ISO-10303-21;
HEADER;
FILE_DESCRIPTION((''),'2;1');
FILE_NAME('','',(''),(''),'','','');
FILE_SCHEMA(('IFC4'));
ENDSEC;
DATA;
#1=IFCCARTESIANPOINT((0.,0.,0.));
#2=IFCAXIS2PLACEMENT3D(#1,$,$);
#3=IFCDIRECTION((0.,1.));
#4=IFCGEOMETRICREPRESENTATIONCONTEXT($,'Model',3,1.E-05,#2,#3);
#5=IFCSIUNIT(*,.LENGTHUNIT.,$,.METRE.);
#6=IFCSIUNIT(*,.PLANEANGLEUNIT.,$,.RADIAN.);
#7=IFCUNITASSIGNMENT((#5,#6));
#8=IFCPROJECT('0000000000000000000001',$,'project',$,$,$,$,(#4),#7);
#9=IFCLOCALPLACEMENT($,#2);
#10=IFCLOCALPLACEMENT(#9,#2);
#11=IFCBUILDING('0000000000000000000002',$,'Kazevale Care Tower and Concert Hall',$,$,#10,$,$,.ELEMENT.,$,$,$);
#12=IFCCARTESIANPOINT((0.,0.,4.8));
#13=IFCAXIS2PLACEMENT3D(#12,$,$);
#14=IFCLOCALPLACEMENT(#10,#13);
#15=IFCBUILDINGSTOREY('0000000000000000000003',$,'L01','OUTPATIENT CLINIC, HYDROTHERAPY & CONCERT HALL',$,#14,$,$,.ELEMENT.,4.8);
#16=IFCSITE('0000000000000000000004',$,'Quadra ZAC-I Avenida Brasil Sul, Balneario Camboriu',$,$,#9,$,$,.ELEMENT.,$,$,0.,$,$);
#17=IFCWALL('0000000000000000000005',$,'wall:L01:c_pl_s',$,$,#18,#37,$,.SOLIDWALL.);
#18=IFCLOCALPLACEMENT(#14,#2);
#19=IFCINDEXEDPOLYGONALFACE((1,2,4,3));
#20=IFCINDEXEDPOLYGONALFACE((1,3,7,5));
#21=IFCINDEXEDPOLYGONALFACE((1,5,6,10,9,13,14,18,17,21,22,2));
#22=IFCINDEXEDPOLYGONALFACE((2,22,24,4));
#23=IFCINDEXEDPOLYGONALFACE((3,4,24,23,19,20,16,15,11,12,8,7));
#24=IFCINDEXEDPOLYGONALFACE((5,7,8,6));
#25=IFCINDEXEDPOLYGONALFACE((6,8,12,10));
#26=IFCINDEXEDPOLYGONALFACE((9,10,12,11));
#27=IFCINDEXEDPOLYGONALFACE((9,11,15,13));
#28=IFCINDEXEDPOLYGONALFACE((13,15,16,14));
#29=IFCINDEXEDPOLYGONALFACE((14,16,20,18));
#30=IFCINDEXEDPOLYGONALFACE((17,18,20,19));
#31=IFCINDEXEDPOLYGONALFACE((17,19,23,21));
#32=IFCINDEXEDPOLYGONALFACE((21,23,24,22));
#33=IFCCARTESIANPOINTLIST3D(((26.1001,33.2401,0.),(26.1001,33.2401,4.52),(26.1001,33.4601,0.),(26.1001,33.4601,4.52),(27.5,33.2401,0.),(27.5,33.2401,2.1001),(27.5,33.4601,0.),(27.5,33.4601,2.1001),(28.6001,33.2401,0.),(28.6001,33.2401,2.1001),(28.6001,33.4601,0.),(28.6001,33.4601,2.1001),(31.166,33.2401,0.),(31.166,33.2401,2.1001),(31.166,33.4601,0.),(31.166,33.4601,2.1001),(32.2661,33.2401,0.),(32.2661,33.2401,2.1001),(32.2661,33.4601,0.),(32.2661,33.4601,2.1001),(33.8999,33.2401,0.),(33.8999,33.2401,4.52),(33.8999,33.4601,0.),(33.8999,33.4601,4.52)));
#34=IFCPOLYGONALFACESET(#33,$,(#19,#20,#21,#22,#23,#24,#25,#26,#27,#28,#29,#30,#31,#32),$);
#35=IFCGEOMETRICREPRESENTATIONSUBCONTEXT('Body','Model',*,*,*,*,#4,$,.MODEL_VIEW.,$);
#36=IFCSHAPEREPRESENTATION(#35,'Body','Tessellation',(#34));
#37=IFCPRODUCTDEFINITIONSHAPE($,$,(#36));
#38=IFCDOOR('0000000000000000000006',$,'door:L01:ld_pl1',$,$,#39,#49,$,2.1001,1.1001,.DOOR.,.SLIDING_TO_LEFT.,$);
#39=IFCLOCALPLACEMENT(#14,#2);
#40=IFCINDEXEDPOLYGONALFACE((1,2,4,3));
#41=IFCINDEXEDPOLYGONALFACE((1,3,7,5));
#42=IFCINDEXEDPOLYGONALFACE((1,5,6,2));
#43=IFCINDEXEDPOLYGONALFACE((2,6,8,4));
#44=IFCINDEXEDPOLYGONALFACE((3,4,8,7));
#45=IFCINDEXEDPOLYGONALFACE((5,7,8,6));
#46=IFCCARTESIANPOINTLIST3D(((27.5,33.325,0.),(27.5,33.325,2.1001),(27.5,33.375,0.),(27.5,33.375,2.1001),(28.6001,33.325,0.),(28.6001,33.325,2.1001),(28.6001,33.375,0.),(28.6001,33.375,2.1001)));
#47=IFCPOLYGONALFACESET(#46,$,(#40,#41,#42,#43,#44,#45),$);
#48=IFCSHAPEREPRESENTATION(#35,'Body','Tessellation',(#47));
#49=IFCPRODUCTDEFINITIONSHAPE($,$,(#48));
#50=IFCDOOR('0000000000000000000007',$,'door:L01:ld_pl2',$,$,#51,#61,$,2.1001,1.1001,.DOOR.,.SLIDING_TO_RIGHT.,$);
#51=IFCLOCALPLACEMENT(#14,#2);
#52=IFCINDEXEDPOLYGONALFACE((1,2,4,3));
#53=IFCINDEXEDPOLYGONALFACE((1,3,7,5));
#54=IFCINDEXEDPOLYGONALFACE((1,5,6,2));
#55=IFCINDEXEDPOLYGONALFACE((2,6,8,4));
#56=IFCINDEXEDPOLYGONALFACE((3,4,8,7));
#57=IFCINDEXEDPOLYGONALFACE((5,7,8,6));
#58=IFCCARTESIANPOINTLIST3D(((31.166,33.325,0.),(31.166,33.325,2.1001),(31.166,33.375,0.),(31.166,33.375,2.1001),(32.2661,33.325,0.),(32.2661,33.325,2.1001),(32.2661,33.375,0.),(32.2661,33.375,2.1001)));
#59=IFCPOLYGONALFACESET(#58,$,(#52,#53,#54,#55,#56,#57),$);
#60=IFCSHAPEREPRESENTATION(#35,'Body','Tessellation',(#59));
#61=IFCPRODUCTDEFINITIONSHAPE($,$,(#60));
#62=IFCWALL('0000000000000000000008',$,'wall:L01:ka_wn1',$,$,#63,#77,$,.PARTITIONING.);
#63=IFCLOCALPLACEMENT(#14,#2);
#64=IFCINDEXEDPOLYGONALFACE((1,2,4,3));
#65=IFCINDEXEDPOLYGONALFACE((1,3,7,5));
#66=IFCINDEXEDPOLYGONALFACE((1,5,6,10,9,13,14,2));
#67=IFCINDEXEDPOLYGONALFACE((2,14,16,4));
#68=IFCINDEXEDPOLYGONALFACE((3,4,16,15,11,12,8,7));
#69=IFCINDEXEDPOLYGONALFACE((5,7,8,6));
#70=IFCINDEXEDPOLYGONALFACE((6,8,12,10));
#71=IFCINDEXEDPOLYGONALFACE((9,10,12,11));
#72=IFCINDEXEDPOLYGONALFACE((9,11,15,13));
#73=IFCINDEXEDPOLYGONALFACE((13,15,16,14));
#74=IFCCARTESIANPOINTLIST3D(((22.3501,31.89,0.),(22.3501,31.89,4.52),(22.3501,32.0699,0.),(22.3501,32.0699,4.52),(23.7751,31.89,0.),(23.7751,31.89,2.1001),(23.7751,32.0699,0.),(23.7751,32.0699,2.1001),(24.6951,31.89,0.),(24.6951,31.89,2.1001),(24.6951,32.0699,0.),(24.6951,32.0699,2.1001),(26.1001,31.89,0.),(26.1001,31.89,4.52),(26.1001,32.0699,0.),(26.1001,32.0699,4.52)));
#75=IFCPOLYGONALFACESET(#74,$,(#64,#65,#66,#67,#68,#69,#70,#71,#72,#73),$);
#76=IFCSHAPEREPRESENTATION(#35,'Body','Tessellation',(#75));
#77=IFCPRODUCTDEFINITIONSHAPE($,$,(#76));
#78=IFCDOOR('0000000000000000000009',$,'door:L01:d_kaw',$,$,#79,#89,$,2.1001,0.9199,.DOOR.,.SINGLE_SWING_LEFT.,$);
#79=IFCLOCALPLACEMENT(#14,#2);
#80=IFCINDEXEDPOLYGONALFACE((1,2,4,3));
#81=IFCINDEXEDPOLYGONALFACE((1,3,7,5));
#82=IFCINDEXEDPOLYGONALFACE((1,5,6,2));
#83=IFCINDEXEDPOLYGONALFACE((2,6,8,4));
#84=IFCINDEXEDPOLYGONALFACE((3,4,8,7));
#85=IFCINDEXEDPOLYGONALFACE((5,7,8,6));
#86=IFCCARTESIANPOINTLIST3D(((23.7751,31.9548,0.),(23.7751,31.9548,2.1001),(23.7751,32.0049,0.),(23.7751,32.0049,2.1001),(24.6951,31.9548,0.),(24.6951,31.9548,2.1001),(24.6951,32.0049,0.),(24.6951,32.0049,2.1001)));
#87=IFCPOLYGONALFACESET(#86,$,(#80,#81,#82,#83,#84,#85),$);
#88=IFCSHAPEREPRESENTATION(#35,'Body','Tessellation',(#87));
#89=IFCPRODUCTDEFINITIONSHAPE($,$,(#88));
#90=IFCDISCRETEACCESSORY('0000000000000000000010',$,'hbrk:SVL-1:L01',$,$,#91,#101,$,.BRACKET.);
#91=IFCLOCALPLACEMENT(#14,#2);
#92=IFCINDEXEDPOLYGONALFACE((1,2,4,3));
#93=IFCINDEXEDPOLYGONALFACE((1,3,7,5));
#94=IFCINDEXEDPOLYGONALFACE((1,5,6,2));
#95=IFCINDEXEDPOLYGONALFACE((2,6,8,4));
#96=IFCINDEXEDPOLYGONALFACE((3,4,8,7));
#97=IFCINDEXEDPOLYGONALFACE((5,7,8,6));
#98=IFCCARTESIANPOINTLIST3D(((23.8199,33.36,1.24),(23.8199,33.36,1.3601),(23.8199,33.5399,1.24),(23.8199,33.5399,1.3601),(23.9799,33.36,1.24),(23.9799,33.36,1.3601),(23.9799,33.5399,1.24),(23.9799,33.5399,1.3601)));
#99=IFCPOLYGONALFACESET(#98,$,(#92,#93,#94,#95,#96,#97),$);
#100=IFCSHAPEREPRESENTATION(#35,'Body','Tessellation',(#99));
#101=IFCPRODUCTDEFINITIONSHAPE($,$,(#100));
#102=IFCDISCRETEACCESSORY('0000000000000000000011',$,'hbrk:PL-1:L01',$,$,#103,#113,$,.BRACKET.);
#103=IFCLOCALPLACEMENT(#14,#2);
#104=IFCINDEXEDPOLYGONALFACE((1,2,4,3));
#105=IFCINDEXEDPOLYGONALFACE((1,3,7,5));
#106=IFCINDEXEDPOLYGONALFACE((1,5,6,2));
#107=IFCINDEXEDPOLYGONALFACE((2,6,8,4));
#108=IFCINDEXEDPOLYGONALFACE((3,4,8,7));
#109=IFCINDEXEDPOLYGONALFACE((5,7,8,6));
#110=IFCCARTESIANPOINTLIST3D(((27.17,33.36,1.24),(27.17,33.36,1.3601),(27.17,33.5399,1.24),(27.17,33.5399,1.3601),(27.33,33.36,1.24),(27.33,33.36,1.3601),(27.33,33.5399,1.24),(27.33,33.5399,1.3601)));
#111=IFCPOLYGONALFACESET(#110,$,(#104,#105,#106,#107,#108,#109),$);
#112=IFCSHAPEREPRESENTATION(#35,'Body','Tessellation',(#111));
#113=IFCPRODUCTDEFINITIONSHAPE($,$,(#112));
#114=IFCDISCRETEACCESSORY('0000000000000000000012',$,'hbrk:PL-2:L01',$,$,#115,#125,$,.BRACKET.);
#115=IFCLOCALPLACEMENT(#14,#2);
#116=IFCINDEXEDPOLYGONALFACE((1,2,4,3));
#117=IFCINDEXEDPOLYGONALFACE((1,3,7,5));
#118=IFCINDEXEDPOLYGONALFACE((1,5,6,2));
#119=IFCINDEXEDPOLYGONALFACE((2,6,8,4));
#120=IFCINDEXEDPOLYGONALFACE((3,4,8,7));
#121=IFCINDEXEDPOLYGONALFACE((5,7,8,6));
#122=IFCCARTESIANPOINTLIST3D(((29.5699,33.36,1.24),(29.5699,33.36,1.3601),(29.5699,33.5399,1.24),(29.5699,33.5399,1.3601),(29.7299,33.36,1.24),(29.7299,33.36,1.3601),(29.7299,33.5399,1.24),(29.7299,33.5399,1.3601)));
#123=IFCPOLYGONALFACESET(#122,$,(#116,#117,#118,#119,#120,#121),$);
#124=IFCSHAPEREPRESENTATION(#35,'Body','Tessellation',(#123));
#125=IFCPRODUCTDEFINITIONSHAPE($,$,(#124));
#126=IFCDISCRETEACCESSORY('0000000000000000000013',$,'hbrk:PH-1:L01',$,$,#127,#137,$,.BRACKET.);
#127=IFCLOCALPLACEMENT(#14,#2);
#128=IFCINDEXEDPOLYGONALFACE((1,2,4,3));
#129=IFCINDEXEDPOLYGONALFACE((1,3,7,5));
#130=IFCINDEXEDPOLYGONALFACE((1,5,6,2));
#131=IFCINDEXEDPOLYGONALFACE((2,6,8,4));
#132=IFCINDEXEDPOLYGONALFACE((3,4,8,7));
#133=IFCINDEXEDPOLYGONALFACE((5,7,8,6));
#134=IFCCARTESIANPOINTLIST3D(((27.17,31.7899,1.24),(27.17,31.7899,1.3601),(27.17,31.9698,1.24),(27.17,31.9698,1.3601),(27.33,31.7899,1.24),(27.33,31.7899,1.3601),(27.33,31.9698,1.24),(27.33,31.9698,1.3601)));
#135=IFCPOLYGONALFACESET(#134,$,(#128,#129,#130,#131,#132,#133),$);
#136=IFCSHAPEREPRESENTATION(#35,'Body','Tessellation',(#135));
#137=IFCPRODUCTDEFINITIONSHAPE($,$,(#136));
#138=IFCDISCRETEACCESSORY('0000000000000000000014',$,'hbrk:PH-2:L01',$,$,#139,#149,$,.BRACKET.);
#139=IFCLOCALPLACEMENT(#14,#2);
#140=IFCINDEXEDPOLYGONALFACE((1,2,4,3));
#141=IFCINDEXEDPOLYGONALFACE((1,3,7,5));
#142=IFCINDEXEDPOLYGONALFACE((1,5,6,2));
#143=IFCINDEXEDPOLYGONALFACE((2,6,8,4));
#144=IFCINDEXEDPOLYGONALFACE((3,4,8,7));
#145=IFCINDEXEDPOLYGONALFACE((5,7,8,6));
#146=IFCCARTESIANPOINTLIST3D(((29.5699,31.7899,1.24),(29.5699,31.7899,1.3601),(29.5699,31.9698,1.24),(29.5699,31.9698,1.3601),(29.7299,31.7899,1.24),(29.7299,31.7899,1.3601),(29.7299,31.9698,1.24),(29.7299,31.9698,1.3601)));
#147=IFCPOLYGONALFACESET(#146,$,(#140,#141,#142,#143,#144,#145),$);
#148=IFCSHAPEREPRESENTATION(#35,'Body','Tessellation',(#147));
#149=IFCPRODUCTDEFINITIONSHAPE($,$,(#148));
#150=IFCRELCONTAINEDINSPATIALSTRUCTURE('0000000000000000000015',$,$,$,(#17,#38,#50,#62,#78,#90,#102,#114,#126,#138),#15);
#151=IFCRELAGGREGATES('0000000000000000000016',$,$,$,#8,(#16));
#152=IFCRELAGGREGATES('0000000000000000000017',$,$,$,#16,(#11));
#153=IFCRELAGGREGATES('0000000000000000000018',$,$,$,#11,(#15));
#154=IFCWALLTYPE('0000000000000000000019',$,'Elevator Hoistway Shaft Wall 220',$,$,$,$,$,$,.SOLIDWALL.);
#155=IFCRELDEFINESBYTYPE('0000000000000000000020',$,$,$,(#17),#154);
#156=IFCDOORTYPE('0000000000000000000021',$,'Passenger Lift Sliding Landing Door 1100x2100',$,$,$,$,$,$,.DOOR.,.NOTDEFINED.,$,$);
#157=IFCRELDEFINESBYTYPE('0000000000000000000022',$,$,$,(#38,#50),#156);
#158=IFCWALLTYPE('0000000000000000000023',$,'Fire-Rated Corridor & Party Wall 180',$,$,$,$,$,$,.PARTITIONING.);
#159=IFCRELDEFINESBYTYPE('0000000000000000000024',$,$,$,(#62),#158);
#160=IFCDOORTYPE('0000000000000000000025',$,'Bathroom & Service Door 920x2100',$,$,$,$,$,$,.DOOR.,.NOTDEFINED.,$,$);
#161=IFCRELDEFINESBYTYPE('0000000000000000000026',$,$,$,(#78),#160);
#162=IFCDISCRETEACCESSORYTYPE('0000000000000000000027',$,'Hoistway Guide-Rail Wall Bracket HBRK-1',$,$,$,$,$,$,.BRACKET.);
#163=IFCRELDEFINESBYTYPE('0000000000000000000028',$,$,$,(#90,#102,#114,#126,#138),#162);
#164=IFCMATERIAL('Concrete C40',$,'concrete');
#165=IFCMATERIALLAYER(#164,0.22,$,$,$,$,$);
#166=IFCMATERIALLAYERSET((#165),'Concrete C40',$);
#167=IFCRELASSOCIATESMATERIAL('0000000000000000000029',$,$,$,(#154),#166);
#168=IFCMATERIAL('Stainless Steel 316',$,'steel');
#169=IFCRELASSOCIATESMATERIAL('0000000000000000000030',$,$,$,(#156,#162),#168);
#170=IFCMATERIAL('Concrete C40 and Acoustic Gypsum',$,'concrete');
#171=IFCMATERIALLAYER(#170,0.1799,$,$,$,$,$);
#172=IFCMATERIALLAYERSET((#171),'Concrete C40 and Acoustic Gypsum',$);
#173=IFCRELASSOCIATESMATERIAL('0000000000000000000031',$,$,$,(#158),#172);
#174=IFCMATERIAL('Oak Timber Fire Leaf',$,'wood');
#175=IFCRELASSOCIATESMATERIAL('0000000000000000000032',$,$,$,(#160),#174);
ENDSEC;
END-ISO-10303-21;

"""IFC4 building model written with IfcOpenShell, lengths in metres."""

from ifc_helpers import new_model, si_unit, direction, frame, frame_2d, origin, origin_2d, place, context, subcontext, project, spatial, rectangle, extrude, material, layer, layer_set, type_object, element, fill, save


model = new_model("IFC4")

# Units and contexts
model_context = context("Model", 3, precision=1e-05, world=origin(), true_north=direction((0.0, 1.0)))
body_context = subcontext(model_context, "Body", "Model", "MODEL_VIEW")
ifc_project = project(units=[si_unit("LENGTHUNIT", "METRE"), si_unit("PLANEANGLEUNIT", "RADIAN")], contexts=[model_context])

# Site, building, storey
site_placement = place(None, origin())
site = spatial("IfcSite", under=ifc_project, at=site_placement, Name="Quadra ZAC-I Avenida Brasil Sul, Balneario Camboriu", CompositionType="ELEMENT", RefElevation=0.0)
building_placement = place(site_placement, origin())
building = spatial("IfcBuilding", under=site, at=building_placement, Name="Kazevale Care Tower and Concert Hall", CompositionType="ELEMENT")
storey_placement = place(building_placement, frame((0.0, 0.0, 4.8)))
storey = spatial("IfcBuildingStorey", under=building, at=storey_placement, Name="L01", Description="OUTPATIENT CLINIC, HYDROTHERAPY & CONCERT HALL", CompositionType="ELEMENT", Elevation=4.8)

# Shared definitions
ifc_material_1 = material(Name="Concrete C40", Category="concrete")
ifc_layer_1 = layer(ifc_material_1, 0.22)
ifc_layer_set_1 = layer_set([ifc_layer_1], Name="Concrete C40")
wall_type_1 = type_object("IfcWallType", Name="Elevator Hoistway Shaft Wall 220", PredefinedType="SOLIDWALL", material=ifc_layer_set_1)

# Shared definitions
ifc_material_2 = material(Name="Stainless Steel 316", Category="steel")

# Wall, openings, doors
wall_1_placement = place(storey_placement, frame((26.1001, 33.3501, 0.0), z_axis=(0.0, 0.0, 1.0), x_axis=(1.0, 0.0, 0.0)))
wall_1 = element("IfcWall", 1, at=wall_1_placement, inside=storey, type_object=wall_type_1, Name="wall:L01:c_pl_s", PredefinedType="SOLIDWALL", context=body_context, shape_type="SweptSolid", body=[
    extrude(rectangle(XDim=7.7998, YDim=0.22, at=frame_2d((3.8999, 0.0))), origin(), (0.0, 0.0, 1.0), 4.52),
])
opening_1_placement = place(wall_1_placement, frame((1.3999, 0.0, 0.0)))
opening_1 = element("IfcOpeningElement", 2, at=opening_1_placement, cuts=wall_1, PredefinedType="OPENING", context=body_context, shape_type="SweptSolid", body=[
    extrude(rectangle(XDim=1.1001, YDim=2.1001, at=frame_2d((0.55, 1.05))), frame((0.0, 0.1199, 0.0), z_axis=(0.0, -1.0, 0.0), x_axis=(1.0, 0.0, 0.0)), (0.0, 0.0, 1.0), 0.24),
])
opening_2_placement = place(wall_1_placement, frame((5.0659, 0.0, 0.0)))
opening_2 = element("IfcOpeningElement", 3, at=opening_2_placement, cuts=wall_1, PredefinedType="OPENING", context=body_context, shape_type="SweptSolid", body=[
    extrude(rectangle(XDim=1.1001, YDim=2.1001, at=frame_2d((0.55, 1.05))), frame((0.0, 0.1199, 0.0), z_axis=(0.0, -1.0, 0.0), x_axis=(1.0, 0.0, 0.0)), (0.0, 0.0, 1.0), 0.24),
])
door_type_1 = type_object("IfcDoorType", Name="Passenger Lift Sliding Landing Door 1100x2100", OperationType="NOTDEFINED", PredefinedType="DOOR", material=ifc_material_2)
door_1_placement = place(opening_1_placement, origin())
door_1 = element("IfcDoor", 4, at=door_1_placement, inside=storey, type_object=door_type_1, Name="door:L01:ld_pl1", OperationType="SLIDING_TO_LEFT", OverallHeight=2.1001, OverallWidth=1.1001, PredefinedType="DOOR", context=body_context, shape_type="SweptSolid", body=[
    extrude(rectangle(XDim=1.1001, YDim=2.1001, at=frame_2d((0.55, 1.05))), frame((0.0, 0.0249, 0.0), z_axis=(0.0, -1.0, 0.0), x_axis=(1.0, 0.0, 0.0)), (0.0, 0.0, 1.0), 0.05),
])
fill(opening_1, door_1)
door_2_placement = place(opening_2_placement, origin())
door_2 = element("IfcDoor", 5, at=door_2_placement, inside=storey, type_object=door_type_1, Name="door:L01:ld_pl2", OperationType="SLIDING_TO_RIGHT", OverallHeight=2.1001, OverallWidth=1.1001, PredefinedType="DOOR", context=body_context, shape_type="SweptSolid", body=[
    extrude(rectangle(XDim=1.1001, YDim=2.1001, at=frame_2d((0.55, 1.05))), frame((0.0, 0.0249, 0.0), z_axis=(0.0, -1.0, 0.0), x_axis=(1.0, 0.0, 0.0)), (0.0, 0.0, 1.0), 0.05),
])
fill(opening_2, door_2)

# Wall, opening, door
ifc_material_3 = material(Name="Concrete C40 and Acoustic Gypsum", Category="concrete")
ifc_layer_2 = layer(ifc_material_3, 0.1799)
ifc_layer_set_2 = layer_set([ifc_layer_2], Name="Concrete C40 and Acoustic Gypsum")
wall_type_2 = type_object("IfcWallType", Name="Fire-Rated Corridor & Party Wall 180", PredefinedType="PARTITIONING", material=ifc_layer_set_2)
wall_2_placement = place(storey_placement, frame((22.3501, 31.98, 0.0), z_axis=(0.0, 0.0, 1.0), x_axis=(1.0, 0.0, 0.0)))
wall_2 = element("IfcWall", 6, at=wall_2_placement, inside=storey, type_object=wall_type_2, Name="wall:L01:ka_wn1", PredefinedType="PARTITIONING", context=body_context, shape_type="SweptSolid", body=[
    extrude(rectangle(XDim=3.75, YDim=0.1799, at=frame_2d((1.875, 0.0))), origin(), (0.0, 0.0, 1.0), 4.52),
])
opening_3_placement = place(wall_2_placement, frame((1.425, 0.0, 0.0)))
opening_3 = element("IfcOpeningElement", 7, at=opening_3_placement, cuts=wall_2, PredefinedType="OPENING", context=body_context, shape_type="SweptSolid", body=[
    extrude(rectangle(XDim=0.9199, YDim=2.1001, at=frame_2d((0.46, 1.05))), frame((0.0, 0.0999, 0.0), z_axis=(0.0, -1.0, 0.0), x_axis=(1.0, 0.0, 0.0)), (0.0, 0.0, 1.0), 0.2),
])
ifc_material_4 = material(Name="Oak Timber Fire Leaf", Category="wood")
door_type_2 = type_object("IfcDoorType", Name="Bathroom & Service Door 920x2100", OperationType="NOTDEFINED", PredefinedType="DOOR", material=ifc_material_4)
door_3_placement = place(opening_3_placement, origin())
door_3 = element("IfcDoor", 8, at=door_3_placement, inside=storey, type_object=door_type_2, Name="door:L01:d_kaw", OperationType="SINGLE_SWING_LEFT", OverallHeight=2.1001, OverallWidth=0.9199, PredefinedType="DOOR", context=body_context, shape_type="SweptSolid", body=[
    extrude(rectangle(XDim=0.9199, YDim=2.1001, at=frame_2d((0.46, 1.05))), frame((0.0, 0.0249, 0.0), z_axis=(0.0, -1.0, 0.0), x_axis=(1.0, 0.0, 0.0)), (0.0, 0.0, 1.0), 0.05),
])
fill(opening_3, door_3)

# Discrete accessories
discrete_accessory_type = type_object("IfcDiscreteAccessoryType", Name="Hoistway Guide-Rail Wall Bracket HBRK-1", PredefinedType="BRACKET", material=ifc_material_2)
for number, where, z_axis, x_axis, name in (
    (9, (23.8999, 33.45, 1.24), (0.0, 0.0, 1.0), (1.0, 0.0, 0.0), "hbrk:SVL-1:L01"),
    (10, (27.25, 33.45, 1.24), (0.0, 0.0, 1.0), (1.0, 0.0, 0.0), "hbrk:PL-1:L01"),
    (11, (29.6499, 33.45, 1.24), (0.0, 0.0, 1.0), (1.0, 0.0, 0.0), "hbrk:PL-2:L01"),
    (12, (27.25, 31.8799, 1.24), (0.0, 0.0, 1.0), (1.0, 0.0, 0.0), "hbrk:PH-1:L01"),
    (13, (29.6499, 31.8799, 1.24), (0.0, 0.0, 1.0), (1.0, 0.0, 0.0), "hbrk:PH-2:L01"),
):
    element("IfcDiscreteAccessory", number, at=place(storey_placement, frame(where, z_axis=z_axis, x_axis=x_axis)), inside=storey, type_object=discrete_accessory_type, Name=name, PredefinedType="BRACKET", context=body_context, shape_type="SweptSolid", body=[
        extrude(rectangle(XDim=0.1599, YDim=0.1799, at=origin_2d()), origin(), (0.0, 0.0, 1.0), 0.1201),
    ])

save(model, "model.ifc")
